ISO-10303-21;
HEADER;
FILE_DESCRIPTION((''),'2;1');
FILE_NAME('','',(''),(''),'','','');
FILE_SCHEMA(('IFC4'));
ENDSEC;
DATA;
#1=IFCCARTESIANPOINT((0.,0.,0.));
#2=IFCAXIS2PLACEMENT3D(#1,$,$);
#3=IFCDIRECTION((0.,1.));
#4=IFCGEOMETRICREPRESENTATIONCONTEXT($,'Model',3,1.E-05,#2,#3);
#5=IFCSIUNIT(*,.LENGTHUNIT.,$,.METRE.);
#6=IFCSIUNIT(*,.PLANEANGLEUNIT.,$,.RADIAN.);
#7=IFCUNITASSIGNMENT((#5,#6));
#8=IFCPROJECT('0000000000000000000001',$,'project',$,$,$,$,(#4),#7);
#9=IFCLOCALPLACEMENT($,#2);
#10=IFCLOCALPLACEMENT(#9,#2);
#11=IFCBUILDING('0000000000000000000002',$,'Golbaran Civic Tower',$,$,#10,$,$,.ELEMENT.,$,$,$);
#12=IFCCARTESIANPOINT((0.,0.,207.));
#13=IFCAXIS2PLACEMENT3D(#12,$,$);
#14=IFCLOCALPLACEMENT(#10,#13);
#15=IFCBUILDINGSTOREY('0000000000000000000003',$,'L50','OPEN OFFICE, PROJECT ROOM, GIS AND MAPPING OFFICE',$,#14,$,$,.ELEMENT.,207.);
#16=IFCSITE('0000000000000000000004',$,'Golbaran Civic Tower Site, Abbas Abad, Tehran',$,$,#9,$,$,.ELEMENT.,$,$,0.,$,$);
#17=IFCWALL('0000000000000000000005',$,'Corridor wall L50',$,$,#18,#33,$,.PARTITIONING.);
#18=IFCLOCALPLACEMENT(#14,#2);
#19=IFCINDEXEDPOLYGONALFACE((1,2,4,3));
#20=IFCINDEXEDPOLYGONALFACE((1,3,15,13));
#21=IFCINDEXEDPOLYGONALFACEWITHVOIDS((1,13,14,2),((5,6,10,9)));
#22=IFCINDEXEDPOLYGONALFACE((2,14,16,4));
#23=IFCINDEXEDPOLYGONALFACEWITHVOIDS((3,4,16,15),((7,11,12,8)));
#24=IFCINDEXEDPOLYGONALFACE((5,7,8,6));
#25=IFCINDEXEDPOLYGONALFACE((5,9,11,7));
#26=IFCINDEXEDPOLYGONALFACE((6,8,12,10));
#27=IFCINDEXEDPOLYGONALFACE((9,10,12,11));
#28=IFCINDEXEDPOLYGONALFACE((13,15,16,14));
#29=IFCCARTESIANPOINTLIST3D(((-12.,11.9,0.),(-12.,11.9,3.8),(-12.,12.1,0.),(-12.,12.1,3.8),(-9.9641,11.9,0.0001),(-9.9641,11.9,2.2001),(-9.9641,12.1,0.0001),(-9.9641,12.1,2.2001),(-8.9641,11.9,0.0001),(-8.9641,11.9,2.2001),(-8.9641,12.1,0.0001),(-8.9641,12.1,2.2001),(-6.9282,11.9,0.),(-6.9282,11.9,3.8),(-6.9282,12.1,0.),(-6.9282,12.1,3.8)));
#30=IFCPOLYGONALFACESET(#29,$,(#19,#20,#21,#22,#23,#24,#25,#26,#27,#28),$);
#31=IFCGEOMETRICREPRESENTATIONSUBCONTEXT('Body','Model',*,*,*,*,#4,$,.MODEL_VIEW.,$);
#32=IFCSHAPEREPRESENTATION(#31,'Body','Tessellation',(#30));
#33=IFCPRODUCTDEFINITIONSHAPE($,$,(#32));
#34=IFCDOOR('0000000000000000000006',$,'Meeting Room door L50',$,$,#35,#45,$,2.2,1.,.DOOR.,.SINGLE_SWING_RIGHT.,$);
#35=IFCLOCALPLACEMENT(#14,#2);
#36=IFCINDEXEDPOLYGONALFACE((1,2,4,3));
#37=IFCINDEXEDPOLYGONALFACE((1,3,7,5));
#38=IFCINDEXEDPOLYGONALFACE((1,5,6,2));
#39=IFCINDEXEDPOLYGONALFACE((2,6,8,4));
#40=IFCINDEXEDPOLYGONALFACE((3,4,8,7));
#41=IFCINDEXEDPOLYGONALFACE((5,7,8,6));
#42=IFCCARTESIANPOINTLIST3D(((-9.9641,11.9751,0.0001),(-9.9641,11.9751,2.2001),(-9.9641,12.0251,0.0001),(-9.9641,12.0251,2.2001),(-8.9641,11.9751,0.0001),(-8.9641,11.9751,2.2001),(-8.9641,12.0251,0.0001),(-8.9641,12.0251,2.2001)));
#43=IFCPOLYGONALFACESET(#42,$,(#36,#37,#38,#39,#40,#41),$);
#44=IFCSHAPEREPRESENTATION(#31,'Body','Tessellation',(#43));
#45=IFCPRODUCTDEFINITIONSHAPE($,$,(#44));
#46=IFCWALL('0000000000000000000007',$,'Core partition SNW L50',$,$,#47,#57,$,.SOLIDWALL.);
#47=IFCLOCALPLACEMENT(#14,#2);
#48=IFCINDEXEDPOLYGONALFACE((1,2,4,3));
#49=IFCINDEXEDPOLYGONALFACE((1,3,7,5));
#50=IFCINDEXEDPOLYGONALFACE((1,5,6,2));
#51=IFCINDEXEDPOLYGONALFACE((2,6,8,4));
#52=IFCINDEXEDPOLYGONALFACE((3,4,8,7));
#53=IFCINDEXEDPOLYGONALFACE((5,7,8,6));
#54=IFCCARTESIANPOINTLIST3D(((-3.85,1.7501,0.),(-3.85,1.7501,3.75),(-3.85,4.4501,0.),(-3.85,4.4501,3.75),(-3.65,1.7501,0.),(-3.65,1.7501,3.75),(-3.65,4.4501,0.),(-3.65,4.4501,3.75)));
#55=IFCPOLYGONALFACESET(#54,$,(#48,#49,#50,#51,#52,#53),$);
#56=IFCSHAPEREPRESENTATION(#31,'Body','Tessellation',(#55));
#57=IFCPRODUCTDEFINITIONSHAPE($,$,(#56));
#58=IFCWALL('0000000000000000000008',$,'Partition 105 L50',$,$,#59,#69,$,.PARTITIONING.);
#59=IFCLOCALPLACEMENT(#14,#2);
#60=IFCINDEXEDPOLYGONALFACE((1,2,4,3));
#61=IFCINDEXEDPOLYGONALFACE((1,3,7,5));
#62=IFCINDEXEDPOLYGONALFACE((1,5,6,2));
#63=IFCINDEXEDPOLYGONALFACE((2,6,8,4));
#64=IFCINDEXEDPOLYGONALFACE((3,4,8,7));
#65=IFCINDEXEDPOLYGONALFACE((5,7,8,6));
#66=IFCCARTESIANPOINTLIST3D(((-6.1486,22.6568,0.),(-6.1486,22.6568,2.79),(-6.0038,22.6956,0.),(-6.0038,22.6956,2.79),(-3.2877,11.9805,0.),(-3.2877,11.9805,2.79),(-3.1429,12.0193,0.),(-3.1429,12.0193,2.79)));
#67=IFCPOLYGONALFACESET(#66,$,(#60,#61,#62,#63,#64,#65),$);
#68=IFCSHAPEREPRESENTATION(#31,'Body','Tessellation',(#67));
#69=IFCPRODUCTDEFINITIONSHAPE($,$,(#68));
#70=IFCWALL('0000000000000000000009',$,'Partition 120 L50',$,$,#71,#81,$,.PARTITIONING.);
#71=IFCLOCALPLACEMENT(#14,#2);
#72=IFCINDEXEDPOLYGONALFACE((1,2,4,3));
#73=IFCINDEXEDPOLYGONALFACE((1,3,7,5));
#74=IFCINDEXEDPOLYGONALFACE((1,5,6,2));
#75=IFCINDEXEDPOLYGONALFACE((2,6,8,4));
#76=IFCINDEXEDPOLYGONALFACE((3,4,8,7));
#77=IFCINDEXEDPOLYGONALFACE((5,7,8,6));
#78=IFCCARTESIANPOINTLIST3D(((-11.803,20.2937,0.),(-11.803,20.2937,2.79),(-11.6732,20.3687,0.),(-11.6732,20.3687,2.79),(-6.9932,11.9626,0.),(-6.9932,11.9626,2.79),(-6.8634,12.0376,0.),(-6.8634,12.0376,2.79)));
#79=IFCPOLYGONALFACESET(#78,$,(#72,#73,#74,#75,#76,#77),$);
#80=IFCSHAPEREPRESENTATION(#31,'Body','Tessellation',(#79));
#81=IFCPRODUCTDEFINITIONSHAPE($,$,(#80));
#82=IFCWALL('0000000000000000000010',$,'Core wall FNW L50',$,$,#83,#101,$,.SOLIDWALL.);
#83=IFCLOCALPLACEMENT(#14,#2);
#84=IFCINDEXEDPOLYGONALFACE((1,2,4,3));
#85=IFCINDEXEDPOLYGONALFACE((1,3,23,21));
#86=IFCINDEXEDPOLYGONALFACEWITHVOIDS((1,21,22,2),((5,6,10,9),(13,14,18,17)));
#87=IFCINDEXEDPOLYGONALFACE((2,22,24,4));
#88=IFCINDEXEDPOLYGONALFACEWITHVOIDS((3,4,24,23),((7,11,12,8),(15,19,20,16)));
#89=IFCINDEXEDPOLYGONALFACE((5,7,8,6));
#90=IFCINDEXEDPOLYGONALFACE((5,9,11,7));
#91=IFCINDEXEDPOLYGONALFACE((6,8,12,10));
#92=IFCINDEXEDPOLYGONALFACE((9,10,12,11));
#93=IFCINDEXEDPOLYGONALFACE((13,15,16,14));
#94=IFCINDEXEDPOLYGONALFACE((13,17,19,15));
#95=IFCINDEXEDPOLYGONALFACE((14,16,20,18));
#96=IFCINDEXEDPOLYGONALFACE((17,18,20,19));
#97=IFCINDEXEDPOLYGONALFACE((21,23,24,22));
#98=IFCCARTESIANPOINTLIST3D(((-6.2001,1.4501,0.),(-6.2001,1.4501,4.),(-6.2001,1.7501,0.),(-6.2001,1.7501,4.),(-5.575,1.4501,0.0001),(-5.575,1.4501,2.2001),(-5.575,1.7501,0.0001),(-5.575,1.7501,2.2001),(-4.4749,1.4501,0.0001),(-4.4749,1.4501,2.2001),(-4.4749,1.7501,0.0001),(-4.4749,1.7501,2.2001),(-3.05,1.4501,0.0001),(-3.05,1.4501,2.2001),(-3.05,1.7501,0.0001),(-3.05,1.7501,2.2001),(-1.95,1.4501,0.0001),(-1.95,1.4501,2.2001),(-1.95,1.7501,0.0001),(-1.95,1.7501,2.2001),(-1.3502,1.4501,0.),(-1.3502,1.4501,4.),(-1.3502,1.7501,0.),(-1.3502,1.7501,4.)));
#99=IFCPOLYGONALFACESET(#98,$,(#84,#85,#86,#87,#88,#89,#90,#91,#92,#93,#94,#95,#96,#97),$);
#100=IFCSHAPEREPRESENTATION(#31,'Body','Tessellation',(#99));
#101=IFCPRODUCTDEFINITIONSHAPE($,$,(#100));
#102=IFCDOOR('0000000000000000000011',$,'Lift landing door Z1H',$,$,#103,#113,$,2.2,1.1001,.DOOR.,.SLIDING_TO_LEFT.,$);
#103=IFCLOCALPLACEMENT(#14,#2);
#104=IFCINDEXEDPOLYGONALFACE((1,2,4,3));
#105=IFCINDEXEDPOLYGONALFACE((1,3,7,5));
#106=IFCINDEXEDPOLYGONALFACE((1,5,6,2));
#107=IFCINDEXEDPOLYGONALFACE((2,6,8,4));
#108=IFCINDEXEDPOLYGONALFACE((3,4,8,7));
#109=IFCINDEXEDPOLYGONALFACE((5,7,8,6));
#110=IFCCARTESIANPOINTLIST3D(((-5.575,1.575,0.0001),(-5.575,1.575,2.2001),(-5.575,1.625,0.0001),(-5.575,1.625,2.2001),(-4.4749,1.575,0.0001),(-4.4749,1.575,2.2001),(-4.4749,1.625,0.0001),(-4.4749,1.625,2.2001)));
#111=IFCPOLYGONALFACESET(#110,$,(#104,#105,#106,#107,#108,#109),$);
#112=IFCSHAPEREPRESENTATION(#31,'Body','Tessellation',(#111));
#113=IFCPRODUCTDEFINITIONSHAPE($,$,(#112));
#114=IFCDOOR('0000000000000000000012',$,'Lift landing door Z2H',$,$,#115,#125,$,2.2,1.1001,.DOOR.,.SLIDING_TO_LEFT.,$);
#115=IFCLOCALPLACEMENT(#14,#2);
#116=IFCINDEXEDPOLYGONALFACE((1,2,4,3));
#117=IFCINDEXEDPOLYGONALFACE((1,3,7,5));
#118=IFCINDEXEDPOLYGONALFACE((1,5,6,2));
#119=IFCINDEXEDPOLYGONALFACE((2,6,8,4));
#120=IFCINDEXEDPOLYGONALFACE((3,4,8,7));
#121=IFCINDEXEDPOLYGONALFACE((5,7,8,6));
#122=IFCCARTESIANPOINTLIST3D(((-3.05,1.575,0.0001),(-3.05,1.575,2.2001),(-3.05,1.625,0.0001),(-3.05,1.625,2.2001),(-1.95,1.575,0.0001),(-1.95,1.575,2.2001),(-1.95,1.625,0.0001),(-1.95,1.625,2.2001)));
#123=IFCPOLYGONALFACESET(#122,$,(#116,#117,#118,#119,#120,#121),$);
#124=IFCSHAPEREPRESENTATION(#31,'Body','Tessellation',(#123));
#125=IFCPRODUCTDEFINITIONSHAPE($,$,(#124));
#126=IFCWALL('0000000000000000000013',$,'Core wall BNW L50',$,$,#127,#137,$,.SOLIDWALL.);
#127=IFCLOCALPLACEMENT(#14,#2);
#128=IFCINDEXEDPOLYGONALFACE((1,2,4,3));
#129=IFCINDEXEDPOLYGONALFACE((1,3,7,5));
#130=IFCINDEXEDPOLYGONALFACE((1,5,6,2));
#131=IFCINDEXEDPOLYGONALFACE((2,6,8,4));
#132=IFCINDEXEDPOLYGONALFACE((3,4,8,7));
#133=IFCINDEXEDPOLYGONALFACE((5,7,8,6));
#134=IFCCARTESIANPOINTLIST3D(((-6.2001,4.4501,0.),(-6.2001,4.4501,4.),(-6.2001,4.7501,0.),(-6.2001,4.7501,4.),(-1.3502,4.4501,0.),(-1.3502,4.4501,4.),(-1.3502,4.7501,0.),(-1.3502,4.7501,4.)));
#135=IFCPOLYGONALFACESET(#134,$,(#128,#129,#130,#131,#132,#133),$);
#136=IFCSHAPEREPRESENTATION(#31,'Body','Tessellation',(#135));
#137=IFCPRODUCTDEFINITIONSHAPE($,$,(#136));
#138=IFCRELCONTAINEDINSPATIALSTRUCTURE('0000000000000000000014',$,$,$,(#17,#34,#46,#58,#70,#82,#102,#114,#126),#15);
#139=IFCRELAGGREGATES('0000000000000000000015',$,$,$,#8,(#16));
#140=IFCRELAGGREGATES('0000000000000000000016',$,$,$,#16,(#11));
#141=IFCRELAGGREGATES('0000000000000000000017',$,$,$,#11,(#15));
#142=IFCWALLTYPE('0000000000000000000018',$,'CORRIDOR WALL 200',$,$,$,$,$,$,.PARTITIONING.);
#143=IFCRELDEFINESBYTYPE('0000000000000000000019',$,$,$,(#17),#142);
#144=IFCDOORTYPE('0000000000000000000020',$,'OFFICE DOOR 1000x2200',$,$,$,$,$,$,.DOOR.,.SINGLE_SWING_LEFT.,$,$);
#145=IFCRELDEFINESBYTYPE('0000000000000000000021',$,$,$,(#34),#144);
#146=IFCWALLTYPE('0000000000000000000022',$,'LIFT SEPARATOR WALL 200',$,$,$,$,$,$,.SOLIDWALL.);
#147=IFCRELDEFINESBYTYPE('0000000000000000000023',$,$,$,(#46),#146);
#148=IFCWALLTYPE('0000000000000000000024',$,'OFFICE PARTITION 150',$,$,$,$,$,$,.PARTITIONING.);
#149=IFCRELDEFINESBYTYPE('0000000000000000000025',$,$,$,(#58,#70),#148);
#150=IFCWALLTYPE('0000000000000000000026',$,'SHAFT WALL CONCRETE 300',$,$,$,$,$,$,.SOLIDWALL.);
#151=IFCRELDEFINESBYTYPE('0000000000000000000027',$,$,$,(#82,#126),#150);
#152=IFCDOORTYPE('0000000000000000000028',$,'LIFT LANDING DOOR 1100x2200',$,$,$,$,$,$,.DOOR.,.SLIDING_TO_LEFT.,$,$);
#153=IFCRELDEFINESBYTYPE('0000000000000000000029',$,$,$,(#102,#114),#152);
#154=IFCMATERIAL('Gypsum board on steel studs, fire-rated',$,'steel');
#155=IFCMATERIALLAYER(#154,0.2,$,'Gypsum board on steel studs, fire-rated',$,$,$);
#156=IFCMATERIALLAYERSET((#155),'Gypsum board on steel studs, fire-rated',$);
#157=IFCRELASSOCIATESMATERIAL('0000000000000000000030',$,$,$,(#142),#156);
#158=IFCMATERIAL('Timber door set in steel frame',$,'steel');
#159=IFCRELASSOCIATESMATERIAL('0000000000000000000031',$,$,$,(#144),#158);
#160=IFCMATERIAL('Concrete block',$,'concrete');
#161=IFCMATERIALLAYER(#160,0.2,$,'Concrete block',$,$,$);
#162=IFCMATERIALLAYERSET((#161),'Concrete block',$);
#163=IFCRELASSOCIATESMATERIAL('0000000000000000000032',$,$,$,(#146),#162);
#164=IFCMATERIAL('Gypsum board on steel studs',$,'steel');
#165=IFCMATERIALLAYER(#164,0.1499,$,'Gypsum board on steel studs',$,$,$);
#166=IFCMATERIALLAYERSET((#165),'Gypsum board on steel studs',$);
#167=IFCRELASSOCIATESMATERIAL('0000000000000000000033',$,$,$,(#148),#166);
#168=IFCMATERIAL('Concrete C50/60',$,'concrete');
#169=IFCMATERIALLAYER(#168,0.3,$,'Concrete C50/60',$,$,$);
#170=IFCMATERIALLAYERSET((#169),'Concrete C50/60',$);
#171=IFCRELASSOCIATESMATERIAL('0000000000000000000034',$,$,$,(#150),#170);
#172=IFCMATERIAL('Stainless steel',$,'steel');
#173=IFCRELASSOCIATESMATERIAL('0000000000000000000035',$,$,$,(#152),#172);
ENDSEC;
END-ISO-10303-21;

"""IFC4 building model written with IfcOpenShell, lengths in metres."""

from ifc_helpers import new_model, si_unit, direction, frame, frame_2d, origin, place, context, subcontext, project, spatial, rectangle, extrude, material, layer, layer_set, type_object, element, fill, save


model = new_model("IFC4")

# Units and contexts
model_context = context("Model", 3, precision=1e-05, world=origin(), true_north=direction((0.0, 1.0)))
body_context = subcontext(model_context, "Body", "Model", "MODEL_VIEW")
ifc_project = project(units=[si_unit("LENGTHUNIT", "METRE"), si_unit("PLANEANGLEUNIT", "RADIAN")], contexts=[model_context])

# Site, building, storey
site_placement = place(None, origin())
site = spatial("IfcSite", under=ifc_project, at=site_placement, Name="Golbaran Civic Tower Site, Abbas Abad, Tehran", CompositionType="ELEMENT", RefElevation=0.0)
building_placement = place(site_placement, origin())
building = spatial("IfcBuilding", under=site, at=building_placement, Name="Golbaran Civic Tower", CompositionType="ELEMENT")
storey_placement = place(building_placement, frame((0.0, 0.0, 207.0)))
storey = spatial("IfcBuildingStorey", under=building, at=storey_placement, Name="L50", Description="OPEN OFFICE, PROJECT ROOM, GIS AND MAPPING OFFICE", CompositionType="ELEMENT", Elevation=207.0)

# Wall, opening, door
ifc_material_1 = material(Name="Gypsum board on steel studs, fire-rated", Category="steel")
ifc_layer_1 = layer(ifc_material_1, 0.2, Name="Gypsum board on steel studs, fire-rated")
ifc_layer_set_1 = layer_set([ifc_layer_1], Name="Gypsum board on steel studs, fire-rated")
wall_type_1 = type_object("IfcWallType", Name="CORRIDOR WALL 200", PredefinedType="PARTITIONING", material=ifc_layer_set_1)
ifc_material_2 = material(Name="Timber door set in steel frame", Category="steel")
door_type_1 = type_object("IfcDoorType", Name="OFFICE DOOR 1000x2200", OperationType="SINGLE_SWING_LEFT", PredefinedType="DOOR", material=ifc_material_2)
wall_1_placement = place(storey_placement, frame((-6.9282, 12.0, 0.0), z_axis=(0.0, 0.0, 1.0), x_axis=(-1.0, 0.0, 0.0)))
wall_1 = element("IfcWall", 1, at=wall_1_placement, inside=storey, type_object=wall_type_1, Name="Corridor wall L50", PredefinedType="PARTITIONING", context=body_context, shape_type="SweptSolid", body=[
    extrude(rectangle(XDim=5.0718, YDim=0.2, at=frame_2d((2.5359, 0.0))), origin(), (0.0, 0.0, 1.0), 3.8),
])
opening_1_placement = place(wall_1_placement, frame((2.0359, 0.0, 0.0)))
opening_1 = element("IfcOpeningElement", 2, at=opening_1_placement, cuts=wall_1, PredefinedType="OPENING", context=body_context, shape_type="SweptSolid", body=[
    extrude(rectangle(XDim=1.0, YDim=2.2, at=frame_2d((0.5, 1.1001))), frame((0.0, 0.1099, 0.0), z_axis=(0.0, -1.0, 0.0), x_axis=(1.0, 0.0, 0.0)), (0.0, 0.0, 1.0), 0.22),
])
door_1_placement = place(opening_1_placement, origin())
door_1 = element("IfcDoor", 3, at=door_1_placement, inside=storey, type_object=door_type_1, Name="Meeting Room door L50", OperationType="SINGLE_SWING_RIGHT", OverallHeight=2.2, OverallWidth=1.0, PredefinedType="DOOR", context=body_context, shape_type="SweptSolid", body=[
    extrude(rectangle(XDim=1.0, YDim=2.2, at=frame_2d((0.5, 1.1001))), frame((0.0, 0.0249, 0.0), z_axis=(0.0, -1.0, 0.0), x_axis=(1.0, 0.0, 0.0)), (0.0, 0.0, 1.0), 0.05),
])
fill(opening_1, door_1)

# Walls
ifc_material_3 = material(Name="Concrete block", Category="concrete")
ifc_layer_2 = layer(ifc_material_3, 0.2, Name="Concrete block")
ifc_layer_set_2 = layer_set([ifc_layer_2], Name="Concrete block")
wall_type_2 = type_object("IfcWallType", Name="LIFT SEPARATOR WALL 200", PredefinedType="SOLIDWALL", material=ifc_layer_set_2)
wall_2_placement = place(storey_placement, frame((-3.75, 1.75, 0.0), z_axis=(0.0, 0.0, 1.0), x_axis=(0.0, 1.0, 0.0)))
element("IfcWall", 4, at=wall_2_placement, inside=storey, type_object=wall_type_2, Name="Core partition SNW L50", PredefinedType="SOLIDWALL", context=body_context, shape_type="SweptSolid", body=[
    extrude(rectangle(XDim=2.7, YDim=0.2, at=frame_2d((1.3501, 0.0))), origin(), (0.0, 0.0, 1.0), 3.75),
])
ifc_material_4 = material(Name="Gypsum board on steel studs", Category="steel")
ifc_layer_3 = layer(ifc_material_4, 0.1499, Name="Gypsum board on steel studs")
ifc_layer_set_3 = layer_set([ifc_layer_3], Name="Gypsum board on steel studs")
wall_type_3 = type_object("IfcWallType", Name="OFFICE PARTITION 150", PredefinedType="PARTITIONING", material=ifc_layer_set_3)
wall_3_placement = place(storey_placement, frame((-3.2153, 12.0, 0.0), z_axis=(0.0, 0.0, 1.0), x_axis=(-0.258831, 0.965923, 0.0)))
element("IfcWall", 5, at=wall_3_placement, inside=storey, type_object=wall_type_3, Name="Partition 105 L50", PredefinedType="PARTITIONING", context=body_context, shape_type="SweptSolid", body=[
    extrude(rectangle(XDim=11.053, YDim=0.1499, at=frame_2d((5.5264, 0.0))), origin(), (0.0, 0.0, 1.0), 2.79),
])
wall_4_placement = place(storey_placement, frame((-6.9282, 12.0, 0.0), z_axis=(0.0, 0.0, 1.0), x_axis=(-0.49999, 0.866031, 0.0)))
element("IfcWall", 6, at=wall_4_placement, inside=storey, type_object=wall_type_3, Name="Partition 120 L50", PredefinedType="PARTITIONING", context=body_context, shape_type="SweptSolid", body=[
    extrude(rectangle(XDim=9.6199, YDim=0.1499, at=frame_2d((4.8101, 0.0))), origin(), (0.0, 0.0, 1.0), 2.79),
])

# Wall, openings, doors
ifc_material_5 = material(Name="Concrete C50/60", Category="concrete")
ifc_layer_4 = layer(ifc_material_5, 0.3, Name="Concrete C50/60")
ifc_layer_set_4 = layer_set([ifc_layer_4], Name="Concrete C50/60")
wall_type_4 = type_object("IfcWallType", Name="SHAFT WALL CONCRETE 300", PredefinedType="SOLIDWALL", material=ifc_layer_set_4)
wall_5_placement = place(storey_placement, frame((-6.2, 1.6001, 0.0), z_axis=(0.0, 0.0, 1.0), x_axis=(1.0, 0.0, 0.0)))
wall_5 = element("IfcWall", 7, at=wall_5_placement, inside=storey, type_object=wall_type_4, Name="Core wall FNW L50", PredefinedType="SOLIDWALL", context=body_context, shape_type="SweptSolid", body=[
    extrude(rectangle(XDim=4.8499, YDim=0.3, at=frame_2d((2.4248, 0.0))), origin(), (0.0, 0.0, 1.0), 4.0),
])
opening_2_placement = place(wall_5_placement, frame((0.625, 0.0, 0.0)))
opening_2 = element("IfcOpeningElement", 8, at=opening_2_placement, cuts=wall_5, PredefinedType="OPENING", context=body_context, shape_type="SweptSolid", body=[
    extrude(rectangle(XDim=1.1001, YDim=2.2, at=frame_2d((0.55, 1.1001))), frame((0.0, 0.1599, 0.0), z_axis=(0.0, -1.0, 0.0), x_axis=(1.0, 0.0, 0.0)), (0.0, 0.0, 1.0), 0.3201),
])
opening_3_placement = place(wall_5_placement, frame((3.1499, 0.0, 0.0)))
opening_3 = element("IfcOpeningElement", 9, at=opening_3_placement, cuts=wall_5, PredefinedType="OPENING", context=body_context, shape_type="SweptSolid", body=[
    extrude(rectangle(XDim=1.1001, YDim=2.2, at=frame_2d((0.55, 1.1001))), frame((0.0, 0.1599, 0.0), z_axis=(0.0, -1.0, 0.0), x_axis=(1.0, 0.0, 0.0)), (0.0, 0.0, 1.0), 0.3201),
])
ifc_material_6 = material(Name="Stainless steel", Category="steel")
door_type_2 = type_object("IfcDoorType", Name="LIFT LANDING DOOR 1100x2200", OperationType="SLIDING_TO_LEFT", PredefinedType="DOOR", material=ifc_material_6)
door_2_placement = place(opening_2_placement, origin())
door_2 = element("IfcDoor", 10, at=door_2_placement, inside=storey, type_object=door_type_2, Name="Lift landing door Z1H", OperationType="SLIDING_TO_LEFT", OverallHeight=2.2, OverallWidth=1.1001, PredefinedType="DOOR", context=body_context, shape_type="SweptSolid", body=[
    extrude(rectangle(XDim=1.1001, YDim=2.2, at=frame_2d((0.55, 1.1001))), frame((0.0, 0.0249, 0.0), z_axis=(0.0, -1.0, 0.0), x_axis=(1.0, 0.0, 0.0)), (0.0, 0.0, 1.0), 0.05),
])
fill(opening_2, door_2)
door_3_placement = place(opening_3_placement, origin())
door_3 = element("IfcDoor", 11, at=door_3_placement, inside=storey, type_object=door_type_2, Name="Lift landing door Z2H", OperationType="SLIDING_TO_LEFT", OverallHeight=2.2, OverallWidth=1.1001, PredefinedType="DOOR", context=body_context, shape_type="SweptSolid", body=[
    extrude(rectangle(XDim=1.1001, YDim=2.2, at=frame_2d((0.55, 1.1001))), frame((0.0, 0.0249, 0.0), z_axis=(0.0, -1.0, 0.0), x_axis=(1.0, 0.0, 0.0)), (0.0, 0.0, 1.0), 0.05),
])
fill(opening_3, door_3)

# Wall
wall_6_placement = place(storey_placement, frame((-6.2, 4.6001, 0.0), z_axis=(0.0, 0.0, 1.0), x_axis=(1.0, 0.0, 0.0)))
element("IfcWall", 12, at=wall_6_placement, inside=storey, type_object=wall_type_4, Name="Core wall BNW L50", PredefinedType="SOLIDWALL", context=body_context, shape_type="SweptSolid", body=[
    extrude(rectangle(XDim=4.8499, YDim=0.3, at=frame_2d((2.4248, 0.0))), origin(), (0.0, 0.0, 1.0), 4.0),
])

save(model, "model.ifc")
